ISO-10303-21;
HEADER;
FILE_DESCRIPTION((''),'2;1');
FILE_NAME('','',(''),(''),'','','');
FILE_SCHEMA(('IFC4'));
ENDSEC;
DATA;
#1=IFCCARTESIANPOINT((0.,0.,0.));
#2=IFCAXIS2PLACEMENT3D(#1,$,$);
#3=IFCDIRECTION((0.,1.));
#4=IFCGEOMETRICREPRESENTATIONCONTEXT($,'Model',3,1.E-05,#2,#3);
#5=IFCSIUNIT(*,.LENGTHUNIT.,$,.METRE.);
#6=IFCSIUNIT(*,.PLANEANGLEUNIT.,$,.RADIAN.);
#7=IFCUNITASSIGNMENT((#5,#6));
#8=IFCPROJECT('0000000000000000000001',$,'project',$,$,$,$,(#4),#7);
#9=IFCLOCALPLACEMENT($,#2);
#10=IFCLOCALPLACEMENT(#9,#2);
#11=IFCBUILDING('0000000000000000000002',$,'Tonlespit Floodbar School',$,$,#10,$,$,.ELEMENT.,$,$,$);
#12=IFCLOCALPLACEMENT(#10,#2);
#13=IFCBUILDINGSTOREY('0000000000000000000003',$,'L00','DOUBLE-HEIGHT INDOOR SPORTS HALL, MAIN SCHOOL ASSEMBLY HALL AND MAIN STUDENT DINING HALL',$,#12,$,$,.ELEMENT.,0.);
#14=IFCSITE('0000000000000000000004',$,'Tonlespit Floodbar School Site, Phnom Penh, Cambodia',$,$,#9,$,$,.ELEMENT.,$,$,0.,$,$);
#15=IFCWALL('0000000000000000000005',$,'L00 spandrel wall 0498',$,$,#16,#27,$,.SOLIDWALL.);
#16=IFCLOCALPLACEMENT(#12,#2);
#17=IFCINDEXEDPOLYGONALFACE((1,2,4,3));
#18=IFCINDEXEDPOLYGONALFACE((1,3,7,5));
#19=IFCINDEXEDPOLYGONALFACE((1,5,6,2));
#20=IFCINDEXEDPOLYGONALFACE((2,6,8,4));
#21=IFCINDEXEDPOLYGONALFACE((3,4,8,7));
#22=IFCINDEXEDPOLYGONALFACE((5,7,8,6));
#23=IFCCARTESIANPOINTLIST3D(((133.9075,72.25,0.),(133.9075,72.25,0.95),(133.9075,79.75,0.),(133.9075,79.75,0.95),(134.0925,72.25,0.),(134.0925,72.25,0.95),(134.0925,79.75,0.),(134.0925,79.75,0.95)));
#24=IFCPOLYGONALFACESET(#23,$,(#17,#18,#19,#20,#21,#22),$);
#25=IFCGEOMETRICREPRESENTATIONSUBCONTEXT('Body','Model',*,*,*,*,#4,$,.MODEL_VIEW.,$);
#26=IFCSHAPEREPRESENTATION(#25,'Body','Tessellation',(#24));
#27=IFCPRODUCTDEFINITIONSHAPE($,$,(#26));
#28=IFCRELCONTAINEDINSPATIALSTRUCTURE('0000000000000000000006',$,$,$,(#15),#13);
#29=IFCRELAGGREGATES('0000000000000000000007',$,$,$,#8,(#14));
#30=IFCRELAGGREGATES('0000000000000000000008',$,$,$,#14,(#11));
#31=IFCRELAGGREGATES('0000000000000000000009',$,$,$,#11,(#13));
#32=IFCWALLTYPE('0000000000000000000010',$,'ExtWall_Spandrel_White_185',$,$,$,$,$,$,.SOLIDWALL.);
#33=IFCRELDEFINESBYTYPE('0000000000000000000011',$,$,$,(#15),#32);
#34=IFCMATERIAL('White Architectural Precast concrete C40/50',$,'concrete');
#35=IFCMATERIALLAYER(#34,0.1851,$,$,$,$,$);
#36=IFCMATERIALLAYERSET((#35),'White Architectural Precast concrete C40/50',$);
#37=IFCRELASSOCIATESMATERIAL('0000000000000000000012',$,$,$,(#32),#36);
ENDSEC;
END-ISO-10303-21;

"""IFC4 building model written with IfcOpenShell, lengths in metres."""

from ifc_helpers import new_model, si_unit, direction, frame, frame_2d, origin, place, context, subcontext, project, spatial, rectangle, extrude, material, layer, layer_set, type_object, element, save


model = new_model("IFC4")

# Units and contexts
model_context = context("Model", 3, precision=1e-05, world=origin(), true_north=direction((0.0, 1.0)))
body_context = subcontext(model_context, "Body", "Model", "MODEL_VIEW")
ifc_project = project(units=[si_unit("LENGTHUNIT", "METRE"), si_unit("PLANEANGLEUNIT", "RADIAN")], contexts=[model_context])

# Site, building, storey
site_placement = place(None, origin())
site = spatial("IfcSite", under=ifc_project, at=site_placement, Name="Tonlespit Floodbar School Site, Phnom Penh, Cambodia", CompositionType="ELEMENT", RefElevation=0.0)
building_placement = place(site_placement, origin())
building = spatial("IfcBuilding", under=site, at=building_placement, Name="Tonlespit Floodbar School", CompositionType="ELEMENT")
storey_placement = place(building_placement, origin())
storey = spatial("IfcBuildingStorey", under=building, at=storey_placement, Name="L00", Description="DOUBLE-HEIGHT INDOOR SPORTS HALL, MAIN SCHOOL ASSEMBLY HALL AND MAIN STUDENT DINING HALL", CompositionType="ELEMENT", Elevation=0.0)

# Wall
ifc_material_1 = material(Name="White Architectural Precast concrete C40/50", Category="concrete")
ifc_layer_1 = layer(ifc_material_1, 0.1851)
ifc_layer_set_1 = layer_set([ifc_layer_1], Name="White Architectural Precast concrete C40/50")
wall_type_1 = type_object("IfcWallType", Name="ExtWall_Spandrel_White_185", PredefinedType="SOLIDWALL", material=ifc_layer_set_1)
wall_1_placement = place(storey_placement, frame((134.0, 72.25, 0.0), z_axis=(0.0, 0.0, 1.0), x_axis=(0.0, 1.0, 0.0)))
element("IfcWall", 1, at=wall_1_placement, inside=storey, type_object=wall_type_1, Name="L00 spandrel wall 0498", PredefinedType="SOLIDWALL", context=body_context, shape_type="SweptSolid", body=[
    extrude(rectangle(XDim=7.5, YDim=0.1851, at=frame_2d((3.75, 0.0))), origin(), (0.0, 0.0, 1.0), 0.95),
])

save(model, "model.ifc")
